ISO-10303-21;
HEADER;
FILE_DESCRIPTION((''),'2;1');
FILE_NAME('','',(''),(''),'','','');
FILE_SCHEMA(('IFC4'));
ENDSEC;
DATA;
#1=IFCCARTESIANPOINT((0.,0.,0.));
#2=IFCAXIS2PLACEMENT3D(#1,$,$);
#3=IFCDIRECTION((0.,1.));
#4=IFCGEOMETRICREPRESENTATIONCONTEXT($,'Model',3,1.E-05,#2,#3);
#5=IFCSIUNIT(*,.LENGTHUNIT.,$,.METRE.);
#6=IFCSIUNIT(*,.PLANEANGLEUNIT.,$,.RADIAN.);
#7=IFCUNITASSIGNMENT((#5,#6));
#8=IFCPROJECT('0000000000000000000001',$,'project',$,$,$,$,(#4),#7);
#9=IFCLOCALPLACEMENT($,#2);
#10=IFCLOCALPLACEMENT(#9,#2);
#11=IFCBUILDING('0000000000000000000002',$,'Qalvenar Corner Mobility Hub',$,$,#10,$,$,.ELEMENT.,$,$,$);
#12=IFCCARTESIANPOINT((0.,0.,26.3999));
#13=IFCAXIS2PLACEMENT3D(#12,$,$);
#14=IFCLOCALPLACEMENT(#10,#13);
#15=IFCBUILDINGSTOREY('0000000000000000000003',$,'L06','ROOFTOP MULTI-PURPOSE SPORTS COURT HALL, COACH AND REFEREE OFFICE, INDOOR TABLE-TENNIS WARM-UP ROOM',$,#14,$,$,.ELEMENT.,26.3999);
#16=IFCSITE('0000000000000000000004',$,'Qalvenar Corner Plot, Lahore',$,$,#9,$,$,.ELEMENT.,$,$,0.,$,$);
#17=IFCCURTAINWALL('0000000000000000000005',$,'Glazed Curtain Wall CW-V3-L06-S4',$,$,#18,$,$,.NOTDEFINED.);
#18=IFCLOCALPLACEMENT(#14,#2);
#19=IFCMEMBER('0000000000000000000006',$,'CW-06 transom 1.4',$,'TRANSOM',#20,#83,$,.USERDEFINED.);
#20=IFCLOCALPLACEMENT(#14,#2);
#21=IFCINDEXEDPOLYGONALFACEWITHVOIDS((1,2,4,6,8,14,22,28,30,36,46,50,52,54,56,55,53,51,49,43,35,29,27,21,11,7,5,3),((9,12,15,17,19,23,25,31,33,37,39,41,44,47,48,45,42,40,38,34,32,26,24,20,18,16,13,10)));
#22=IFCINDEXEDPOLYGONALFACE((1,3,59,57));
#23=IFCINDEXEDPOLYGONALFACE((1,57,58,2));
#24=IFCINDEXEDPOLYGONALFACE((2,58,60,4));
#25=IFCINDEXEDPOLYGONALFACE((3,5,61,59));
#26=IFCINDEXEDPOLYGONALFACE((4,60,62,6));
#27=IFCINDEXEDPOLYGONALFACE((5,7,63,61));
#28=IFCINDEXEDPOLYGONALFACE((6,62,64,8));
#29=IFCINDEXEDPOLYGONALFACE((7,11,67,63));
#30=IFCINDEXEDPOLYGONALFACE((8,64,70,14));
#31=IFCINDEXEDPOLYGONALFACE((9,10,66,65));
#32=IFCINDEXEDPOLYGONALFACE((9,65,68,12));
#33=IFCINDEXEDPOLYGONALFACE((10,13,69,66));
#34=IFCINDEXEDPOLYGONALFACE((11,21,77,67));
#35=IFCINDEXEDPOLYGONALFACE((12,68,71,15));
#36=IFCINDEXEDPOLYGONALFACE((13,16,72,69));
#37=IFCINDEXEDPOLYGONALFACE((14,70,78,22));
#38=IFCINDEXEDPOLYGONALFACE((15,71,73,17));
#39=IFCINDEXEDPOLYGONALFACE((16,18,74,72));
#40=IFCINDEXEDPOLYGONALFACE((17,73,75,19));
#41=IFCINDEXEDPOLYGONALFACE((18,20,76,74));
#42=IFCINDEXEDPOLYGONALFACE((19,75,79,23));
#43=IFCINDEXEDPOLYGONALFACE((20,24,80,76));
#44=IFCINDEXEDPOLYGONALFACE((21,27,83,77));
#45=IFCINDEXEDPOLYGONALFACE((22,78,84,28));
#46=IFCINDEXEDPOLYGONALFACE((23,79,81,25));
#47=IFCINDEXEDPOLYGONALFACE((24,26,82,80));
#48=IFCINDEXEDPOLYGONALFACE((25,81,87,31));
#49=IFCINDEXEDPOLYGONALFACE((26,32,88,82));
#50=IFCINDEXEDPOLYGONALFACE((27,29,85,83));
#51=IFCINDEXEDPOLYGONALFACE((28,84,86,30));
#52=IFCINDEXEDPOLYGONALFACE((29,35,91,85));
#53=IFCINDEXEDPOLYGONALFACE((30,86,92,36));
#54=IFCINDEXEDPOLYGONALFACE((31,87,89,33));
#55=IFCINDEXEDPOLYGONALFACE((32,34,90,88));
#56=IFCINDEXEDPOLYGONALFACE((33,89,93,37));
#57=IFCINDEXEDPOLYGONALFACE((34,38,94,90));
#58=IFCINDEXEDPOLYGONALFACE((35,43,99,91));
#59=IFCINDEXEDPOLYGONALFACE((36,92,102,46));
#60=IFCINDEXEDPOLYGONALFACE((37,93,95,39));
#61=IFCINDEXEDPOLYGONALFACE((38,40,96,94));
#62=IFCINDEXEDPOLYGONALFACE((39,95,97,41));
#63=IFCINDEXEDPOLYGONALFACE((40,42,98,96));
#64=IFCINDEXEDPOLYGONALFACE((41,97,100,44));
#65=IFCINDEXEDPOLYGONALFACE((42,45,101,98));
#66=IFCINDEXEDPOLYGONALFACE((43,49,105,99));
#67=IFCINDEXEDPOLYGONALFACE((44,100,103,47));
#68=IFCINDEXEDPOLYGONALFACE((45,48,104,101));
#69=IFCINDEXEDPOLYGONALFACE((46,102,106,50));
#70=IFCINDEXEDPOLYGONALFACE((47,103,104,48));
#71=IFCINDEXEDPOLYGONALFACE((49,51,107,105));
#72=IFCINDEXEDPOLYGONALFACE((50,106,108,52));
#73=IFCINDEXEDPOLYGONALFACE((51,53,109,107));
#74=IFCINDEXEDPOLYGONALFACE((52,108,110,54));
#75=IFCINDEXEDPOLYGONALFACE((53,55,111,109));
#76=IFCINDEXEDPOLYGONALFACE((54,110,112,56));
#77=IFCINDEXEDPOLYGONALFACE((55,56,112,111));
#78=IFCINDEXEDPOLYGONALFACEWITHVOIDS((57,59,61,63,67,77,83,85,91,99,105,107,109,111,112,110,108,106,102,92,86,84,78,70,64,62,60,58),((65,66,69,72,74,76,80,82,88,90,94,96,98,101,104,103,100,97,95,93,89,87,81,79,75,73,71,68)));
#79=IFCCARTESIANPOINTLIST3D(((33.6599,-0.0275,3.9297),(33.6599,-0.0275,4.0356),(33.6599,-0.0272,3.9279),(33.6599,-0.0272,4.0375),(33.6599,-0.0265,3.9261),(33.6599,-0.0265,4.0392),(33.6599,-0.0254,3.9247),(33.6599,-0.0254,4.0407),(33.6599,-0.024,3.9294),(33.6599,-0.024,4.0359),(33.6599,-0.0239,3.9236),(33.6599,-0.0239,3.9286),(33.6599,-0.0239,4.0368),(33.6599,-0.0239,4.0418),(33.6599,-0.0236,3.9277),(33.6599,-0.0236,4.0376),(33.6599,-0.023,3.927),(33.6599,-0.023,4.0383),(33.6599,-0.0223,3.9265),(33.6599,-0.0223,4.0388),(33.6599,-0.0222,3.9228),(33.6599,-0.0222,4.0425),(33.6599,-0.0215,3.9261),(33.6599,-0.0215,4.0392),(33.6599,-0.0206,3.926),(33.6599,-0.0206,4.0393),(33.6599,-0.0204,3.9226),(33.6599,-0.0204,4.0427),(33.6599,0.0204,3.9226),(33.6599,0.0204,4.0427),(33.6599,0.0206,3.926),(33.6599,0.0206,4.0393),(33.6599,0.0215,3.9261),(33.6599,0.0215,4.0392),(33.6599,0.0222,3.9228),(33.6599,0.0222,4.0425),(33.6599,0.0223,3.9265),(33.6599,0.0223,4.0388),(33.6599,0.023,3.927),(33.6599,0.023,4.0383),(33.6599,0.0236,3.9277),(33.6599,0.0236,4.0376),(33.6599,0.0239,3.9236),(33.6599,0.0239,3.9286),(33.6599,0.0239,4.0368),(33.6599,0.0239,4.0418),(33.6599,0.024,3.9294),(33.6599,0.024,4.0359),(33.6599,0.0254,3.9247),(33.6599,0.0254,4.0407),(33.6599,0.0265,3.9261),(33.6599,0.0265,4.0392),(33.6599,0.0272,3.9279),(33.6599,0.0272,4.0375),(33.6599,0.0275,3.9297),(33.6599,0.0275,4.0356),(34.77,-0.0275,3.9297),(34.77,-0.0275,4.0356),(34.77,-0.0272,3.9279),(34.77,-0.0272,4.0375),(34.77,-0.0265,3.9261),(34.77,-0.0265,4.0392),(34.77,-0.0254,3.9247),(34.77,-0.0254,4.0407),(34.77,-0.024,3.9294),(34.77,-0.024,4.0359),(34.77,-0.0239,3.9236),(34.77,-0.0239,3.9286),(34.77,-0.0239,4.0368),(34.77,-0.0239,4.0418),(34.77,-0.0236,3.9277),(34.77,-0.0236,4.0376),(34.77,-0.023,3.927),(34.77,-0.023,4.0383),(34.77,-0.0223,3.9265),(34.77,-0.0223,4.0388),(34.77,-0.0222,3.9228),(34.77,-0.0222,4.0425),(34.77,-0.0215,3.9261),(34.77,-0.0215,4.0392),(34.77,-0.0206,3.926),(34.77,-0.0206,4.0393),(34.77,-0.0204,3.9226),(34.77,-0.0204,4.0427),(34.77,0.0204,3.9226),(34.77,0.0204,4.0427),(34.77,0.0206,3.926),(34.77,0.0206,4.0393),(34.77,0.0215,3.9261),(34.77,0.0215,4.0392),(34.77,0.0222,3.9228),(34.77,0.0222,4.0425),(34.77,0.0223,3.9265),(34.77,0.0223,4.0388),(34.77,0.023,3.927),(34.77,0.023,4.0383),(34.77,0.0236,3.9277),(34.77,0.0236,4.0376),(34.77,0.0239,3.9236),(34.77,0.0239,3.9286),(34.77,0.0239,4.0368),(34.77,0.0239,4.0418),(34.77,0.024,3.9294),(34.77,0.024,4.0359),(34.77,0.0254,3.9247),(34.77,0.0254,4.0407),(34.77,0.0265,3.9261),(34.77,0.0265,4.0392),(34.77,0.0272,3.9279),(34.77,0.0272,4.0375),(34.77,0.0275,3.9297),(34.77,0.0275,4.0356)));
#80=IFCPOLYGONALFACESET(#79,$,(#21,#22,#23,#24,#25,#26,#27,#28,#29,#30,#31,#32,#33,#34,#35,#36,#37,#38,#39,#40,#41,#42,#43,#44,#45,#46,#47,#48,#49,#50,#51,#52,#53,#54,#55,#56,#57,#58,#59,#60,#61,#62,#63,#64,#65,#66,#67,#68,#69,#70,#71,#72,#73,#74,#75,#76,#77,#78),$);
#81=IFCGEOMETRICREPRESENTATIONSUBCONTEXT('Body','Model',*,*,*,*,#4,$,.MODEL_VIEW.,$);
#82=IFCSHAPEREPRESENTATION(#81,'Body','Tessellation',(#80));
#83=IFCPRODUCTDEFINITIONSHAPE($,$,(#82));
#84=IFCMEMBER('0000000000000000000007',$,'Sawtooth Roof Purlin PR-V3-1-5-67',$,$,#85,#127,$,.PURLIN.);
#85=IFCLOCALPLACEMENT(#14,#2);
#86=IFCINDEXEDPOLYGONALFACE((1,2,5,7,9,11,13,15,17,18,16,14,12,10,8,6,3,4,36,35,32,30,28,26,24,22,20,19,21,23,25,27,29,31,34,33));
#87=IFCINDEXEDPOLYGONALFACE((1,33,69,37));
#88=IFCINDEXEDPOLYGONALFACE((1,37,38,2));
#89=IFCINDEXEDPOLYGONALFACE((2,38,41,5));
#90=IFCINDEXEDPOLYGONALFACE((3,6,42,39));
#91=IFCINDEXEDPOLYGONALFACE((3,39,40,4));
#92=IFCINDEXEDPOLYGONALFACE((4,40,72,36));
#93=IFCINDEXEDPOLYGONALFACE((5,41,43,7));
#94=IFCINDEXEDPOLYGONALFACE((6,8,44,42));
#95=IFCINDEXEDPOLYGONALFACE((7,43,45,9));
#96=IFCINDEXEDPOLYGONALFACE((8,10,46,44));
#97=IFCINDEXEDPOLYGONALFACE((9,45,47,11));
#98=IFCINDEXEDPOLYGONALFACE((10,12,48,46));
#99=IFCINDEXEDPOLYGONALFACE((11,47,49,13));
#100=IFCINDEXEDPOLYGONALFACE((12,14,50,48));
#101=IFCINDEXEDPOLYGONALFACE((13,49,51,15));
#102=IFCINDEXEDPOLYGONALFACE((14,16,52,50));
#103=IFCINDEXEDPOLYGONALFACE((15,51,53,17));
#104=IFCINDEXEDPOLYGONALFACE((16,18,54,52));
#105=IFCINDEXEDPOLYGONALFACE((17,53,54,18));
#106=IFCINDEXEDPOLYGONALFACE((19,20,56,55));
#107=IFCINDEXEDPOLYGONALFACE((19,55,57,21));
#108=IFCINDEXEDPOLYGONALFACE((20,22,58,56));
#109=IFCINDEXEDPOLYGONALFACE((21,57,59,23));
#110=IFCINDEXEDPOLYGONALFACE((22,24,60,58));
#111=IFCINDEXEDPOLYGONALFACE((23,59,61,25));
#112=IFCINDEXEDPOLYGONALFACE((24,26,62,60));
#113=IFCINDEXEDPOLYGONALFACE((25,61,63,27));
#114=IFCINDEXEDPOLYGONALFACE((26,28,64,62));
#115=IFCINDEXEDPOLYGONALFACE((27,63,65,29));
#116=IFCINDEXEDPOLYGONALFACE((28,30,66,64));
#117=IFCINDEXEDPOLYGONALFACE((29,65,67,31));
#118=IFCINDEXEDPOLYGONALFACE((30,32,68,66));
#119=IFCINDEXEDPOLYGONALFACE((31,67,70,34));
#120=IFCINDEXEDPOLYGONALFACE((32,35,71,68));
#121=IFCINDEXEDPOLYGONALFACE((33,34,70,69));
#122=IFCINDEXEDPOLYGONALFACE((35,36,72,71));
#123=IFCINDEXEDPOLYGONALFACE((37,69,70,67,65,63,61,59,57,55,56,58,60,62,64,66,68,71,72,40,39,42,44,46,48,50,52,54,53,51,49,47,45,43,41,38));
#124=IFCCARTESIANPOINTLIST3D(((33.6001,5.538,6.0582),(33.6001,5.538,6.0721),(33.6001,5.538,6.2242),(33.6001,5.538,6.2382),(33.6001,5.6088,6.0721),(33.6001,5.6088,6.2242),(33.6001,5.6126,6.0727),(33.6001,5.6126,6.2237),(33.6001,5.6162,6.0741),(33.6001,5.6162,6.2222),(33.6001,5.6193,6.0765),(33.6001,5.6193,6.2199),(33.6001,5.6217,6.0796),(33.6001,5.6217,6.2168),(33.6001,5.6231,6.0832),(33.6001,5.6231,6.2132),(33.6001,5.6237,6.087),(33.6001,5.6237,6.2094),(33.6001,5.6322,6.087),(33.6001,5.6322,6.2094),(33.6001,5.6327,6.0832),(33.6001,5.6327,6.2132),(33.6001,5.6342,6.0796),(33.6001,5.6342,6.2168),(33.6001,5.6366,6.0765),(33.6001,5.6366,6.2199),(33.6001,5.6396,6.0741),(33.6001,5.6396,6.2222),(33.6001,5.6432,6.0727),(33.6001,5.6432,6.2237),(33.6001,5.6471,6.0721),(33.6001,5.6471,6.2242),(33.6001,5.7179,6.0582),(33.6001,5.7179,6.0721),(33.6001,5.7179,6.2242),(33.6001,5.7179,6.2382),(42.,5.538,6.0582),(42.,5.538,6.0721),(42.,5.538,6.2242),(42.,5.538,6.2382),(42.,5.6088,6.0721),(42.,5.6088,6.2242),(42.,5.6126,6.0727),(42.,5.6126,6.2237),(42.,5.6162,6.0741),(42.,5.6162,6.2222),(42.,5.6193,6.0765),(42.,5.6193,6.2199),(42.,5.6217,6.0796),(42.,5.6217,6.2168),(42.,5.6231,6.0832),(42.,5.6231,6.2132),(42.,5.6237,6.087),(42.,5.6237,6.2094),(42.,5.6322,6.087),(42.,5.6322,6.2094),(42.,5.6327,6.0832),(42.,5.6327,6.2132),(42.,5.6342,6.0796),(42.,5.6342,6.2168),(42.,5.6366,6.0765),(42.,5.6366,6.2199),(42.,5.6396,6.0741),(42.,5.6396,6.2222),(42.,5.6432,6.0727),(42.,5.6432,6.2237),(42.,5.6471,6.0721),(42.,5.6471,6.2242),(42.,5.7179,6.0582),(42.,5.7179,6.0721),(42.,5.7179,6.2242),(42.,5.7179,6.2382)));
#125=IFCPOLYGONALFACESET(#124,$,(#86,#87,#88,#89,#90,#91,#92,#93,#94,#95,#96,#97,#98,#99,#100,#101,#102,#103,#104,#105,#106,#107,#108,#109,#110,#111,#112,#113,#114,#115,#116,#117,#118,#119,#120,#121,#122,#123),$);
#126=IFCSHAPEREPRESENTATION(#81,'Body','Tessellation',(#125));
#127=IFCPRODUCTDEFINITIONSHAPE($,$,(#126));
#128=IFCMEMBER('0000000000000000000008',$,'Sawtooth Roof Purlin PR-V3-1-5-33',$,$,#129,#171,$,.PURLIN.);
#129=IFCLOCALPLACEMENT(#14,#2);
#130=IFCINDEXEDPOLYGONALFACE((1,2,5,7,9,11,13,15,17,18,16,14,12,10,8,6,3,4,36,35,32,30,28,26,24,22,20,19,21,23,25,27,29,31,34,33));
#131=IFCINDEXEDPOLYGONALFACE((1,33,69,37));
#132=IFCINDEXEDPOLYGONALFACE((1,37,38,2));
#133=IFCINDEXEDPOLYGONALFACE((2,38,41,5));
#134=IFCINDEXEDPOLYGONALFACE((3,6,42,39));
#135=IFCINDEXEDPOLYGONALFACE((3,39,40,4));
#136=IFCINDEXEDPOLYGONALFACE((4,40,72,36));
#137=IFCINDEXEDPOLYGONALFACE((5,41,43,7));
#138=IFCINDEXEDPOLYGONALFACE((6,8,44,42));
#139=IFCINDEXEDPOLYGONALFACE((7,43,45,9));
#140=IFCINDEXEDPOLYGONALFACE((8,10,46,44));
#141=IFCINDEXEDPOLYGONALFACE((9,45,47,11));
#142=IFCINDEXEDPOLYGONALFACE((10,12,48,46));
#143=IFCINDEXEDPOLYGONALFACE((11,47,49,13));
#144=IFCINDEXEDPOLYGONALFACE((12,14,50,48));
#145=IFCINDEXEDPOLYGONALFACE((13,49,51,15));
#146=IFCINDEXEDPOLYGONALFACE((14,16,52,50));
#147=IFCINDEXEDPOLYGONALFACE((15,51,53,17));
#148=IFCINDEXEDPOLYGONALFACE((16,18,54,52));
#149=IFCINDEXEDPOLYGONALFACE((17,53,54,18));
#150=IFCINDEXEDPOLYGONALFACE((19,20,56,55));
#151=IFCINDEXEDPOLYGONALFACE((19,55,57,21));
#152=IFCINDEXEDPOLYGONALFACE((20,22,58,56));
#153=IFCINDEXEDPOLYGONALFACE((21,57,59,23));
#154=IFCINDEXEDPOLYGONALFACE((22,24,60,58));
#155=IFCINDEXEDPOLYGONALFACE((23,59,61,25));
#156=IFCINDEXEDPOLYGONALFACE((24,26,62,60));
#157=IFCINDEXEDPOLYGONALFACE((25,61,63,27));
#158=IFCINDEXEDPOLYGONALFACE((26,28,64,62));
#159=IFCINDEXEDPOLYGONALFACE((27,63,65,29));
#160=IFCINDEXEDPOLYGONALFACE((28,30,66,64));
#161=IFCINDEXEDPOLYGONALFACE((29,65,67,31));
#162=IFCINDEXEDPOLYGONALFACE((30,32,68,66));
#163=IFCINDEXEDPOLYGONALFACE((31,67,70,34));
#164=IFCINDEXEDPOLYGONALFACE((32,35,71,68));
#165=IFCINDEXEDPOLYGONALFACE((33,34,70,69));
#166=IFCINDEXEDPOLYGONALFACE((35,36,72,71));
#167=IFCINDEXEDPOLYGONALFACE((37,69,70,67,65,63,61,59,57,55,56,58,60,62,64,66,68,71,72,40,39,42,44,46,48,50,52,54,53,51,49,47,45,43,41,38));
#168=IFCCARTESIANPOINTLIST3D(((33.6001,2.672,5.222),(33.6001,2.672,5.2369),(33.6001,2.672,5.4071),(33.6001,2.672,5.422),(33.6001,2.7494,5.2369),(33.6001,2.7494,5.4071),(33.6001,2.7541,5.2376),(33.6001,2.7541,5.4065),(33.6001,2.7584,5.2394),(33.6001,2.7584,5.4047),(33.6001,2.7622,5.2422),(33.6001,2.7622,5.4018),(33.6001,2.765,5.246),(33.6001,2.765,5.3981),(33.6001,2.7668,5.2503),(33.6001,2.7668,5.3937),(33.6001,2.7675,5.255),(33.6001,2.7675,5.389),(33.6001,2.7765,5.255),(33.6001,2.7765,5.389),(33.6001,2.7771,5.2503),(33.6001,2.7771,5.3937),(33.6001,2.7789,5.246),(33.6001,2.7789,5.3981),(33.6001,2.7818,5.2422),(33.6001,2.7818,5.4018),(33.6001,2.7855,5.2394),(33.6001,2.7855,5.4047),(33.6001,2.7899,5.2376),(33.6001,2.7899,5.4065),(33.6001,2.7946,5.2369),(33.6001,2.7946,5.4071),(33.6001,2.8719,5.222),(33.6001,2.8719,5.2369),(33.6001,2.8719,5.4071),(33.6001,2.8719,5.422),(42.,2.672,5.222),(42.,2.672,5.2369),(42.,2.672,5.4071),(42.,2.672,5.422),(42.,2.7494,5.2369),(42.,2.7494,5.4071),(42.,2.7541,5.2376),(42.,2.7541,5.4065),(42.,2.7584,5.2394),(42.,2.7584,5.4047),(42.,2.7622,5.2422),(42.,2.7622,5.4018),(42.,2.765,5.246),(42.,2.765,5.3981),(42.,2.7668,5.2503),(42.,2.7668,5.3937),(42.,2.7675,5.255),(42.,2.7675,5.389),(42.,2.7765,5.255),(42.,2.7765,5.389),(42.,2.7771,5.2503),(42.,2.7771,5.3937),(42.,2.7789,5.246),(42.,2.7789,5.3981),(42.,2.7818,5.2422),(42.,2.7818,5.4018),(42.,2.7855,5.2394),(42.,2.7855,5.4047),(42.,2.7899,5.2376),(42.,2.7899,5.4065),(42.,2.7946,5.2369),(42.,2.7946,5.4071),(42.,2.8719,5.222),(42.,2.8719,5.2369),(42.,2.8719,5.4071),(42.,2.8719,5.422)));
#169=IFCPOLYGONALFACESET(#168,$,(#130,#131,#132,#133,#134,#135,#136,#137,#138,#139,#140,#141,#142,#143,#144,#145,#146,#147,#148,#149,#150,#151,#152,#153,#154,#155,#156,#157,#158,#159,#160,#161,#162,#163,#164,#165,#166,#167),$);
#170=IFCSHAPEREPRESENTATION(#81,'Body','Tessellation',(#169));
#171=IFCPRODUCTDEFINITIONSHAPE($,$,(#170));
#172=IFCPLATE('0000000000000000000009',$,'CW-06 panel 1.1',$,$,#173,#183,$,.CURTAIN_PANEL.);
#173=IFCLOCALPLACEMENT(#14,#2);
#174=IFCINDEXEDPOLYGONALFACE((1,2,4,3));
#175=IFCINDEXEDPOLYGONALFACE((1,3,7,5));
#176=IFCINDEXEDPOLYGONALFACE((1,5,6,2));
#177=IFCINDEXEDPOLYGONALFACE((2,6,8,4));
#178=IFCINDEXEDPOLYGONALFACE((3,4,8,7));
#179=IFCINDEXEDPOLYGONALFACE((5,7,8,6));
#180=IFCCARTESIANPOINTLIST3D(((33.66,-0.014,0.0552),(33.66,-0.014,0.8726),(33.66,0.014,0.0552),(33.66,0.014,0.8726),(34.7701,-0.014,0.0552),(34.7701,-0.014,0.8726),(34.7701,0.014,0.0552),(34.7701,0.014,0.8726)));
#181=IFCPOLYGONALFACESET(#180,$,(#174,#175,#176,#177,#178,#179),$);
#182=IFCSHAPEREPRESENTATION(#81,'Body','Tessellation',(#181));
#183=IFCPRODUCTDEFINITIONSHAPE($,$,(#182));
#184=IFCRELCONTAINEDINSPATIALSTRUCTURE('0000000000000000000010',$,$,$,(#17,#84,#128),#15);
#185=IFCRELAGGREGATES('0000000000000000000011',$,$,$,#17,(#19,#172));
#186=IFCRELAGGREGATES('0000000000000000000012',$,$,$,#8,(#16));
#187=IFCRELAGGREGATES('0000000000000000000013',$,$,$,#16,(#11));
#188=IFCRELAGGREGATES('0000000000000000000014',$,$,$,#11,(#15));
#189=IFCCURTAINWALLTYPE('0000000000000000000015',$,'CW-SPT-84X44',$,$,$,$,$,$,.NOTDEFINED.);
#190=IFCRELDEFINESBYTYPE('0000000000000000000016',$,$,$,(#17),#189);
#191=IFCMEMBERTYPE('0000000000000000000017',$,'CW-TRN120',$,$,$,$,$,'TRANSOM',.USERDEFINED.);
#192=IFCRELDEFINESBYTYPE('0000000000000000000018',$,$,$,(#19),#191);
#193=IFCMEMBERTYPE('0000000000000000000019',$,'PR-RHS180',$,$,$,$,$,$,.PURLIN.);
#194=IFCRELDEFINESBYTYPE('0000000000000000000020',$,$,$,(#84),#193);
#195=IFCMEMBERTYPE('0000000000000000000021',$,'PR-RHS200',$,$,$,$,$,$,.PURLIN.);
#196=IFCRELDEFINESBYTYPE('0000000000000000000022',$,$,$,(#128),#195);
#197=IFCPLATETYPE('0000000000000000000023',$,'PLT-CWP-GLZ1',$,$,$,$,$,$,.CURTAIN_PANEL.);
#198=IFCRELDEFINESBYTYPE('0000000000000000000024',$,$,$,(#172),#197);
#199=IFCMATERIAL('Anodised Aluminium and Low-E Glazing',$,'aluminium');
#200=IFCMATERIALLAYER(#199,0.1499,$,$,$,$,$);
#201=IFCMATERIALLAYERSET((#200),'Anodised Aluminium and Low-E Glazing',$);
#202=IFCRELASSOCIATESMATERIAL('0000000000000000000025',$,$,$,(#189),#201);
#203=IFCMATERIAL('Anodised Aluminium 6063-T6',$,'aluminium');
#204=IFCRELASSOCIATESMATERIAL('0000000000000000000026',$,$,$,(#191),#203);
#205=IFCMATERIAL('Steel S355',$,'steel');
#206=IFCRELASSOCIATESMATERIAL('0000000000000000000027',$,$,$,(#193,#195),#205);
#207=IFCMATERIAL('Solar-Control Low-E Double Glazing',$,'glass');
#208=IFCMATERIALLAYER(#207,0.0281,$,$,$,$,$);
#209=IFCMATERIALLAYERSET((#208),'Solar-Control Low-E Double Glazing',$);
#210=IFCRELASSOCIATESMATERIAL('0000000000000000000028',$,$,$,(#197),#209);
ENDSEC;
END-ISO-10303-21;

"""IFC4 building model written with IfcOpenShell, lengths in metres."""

from ifc_helpers import new_model, si_unit, direction, frame, origin, origin_2d, place, context, subcontext, project, spatial, rectangle, hollow_rectangle, i_section, extrude, material, layer, layer_set, material_profile, profile_set, type_object, element, aggregate, save


model = new_model("IFC4")

# Units and contexts
model_context = context("Model", 3, precision=1e-05, world=origin(), true_north=direction((0.0, 1.0)))
body_context = subcontext(model_context, "Body", "Model", "MODEL_VIEW")
ifc_project = project(units=[si_unit("LENGTHUNIT", "METRE"), si_unit("PLANEANGLEUNIT", "RADIAN")], contexts=[model_context])

# Site, building, storey
site_placement = place(None, origin())
site = spatial("IfcSite", under=ifc_project, at=site_placement, Name="Qalvenar Corner Plot, Lahore", CompositionType="ELEMENT", RefElevation=0.0)
building_placement = place(site_placement, origin())
building = spatial("IfcBuilding", under=site, at=building_placement, Name="Qalvenar Corner Mobility Hub", CompositionType="ELEMENT")
storey_placement = place(building_placement, frame((0.0, 0.0, 26.3999)))
storey = spatial("IfcBuildingStorey", under=building, at=storey_placement, Name="L06", Description="ROOFTOP MULTI-PURPOSE SPORTS COURT HALL, COACH AND REFEREE OFFICE, INDOOR TABLE-TENNIS WARM-UP ROOM", CompositionType="ELEMENT", Elevation=26.3999)

# Shared definitions
ifc_material_1 = material(Name="Steel S355", Category="steel")

# Curtain wall
ifc_material_2 = material(Name="Anodised Aluminium and Low-E Glazing", Category="aluminium")
ifc_material_3 = material(Name="Anodised Aluminium 6063-T6", Category="aluminium")
ifc_layer_1 = layer(ifc_material_2, 0.1499)
ifc_layer_set_1 = layer_set([ifc_layer_1], Name="Anodised Aluminium and Low-E Glazing")
curtain_wall_type_1 = type_object("IfcCurtainWallType", Name="CW-SPT-84X44", PredefinedType="NOTDEFINED", material=ifc_layer_set_1)
curtain_wall_1_placement = place(storey_placement, origin())
curtain_wall_1 = element("IfcCurtainWall", 1, at=curtain_wall_1_placement, inside=storey, type_object=curtain_wall_type_1, Name="Glazed Curtain Wall CW-V3-L06-S4", PredefinedType="NOTDEFINED")

# Member
ifc_material_profile_1 = material_profile(ifc_material_3, hollow_rectangle(XDim=0.0549, YDim=0.1201, WallThickness=0.0034, InnerFilletRadius=0.0034, OuterFilletRadius=0.0071, at=origin_2d()), Name="RHS120x55x3.5")
ifc_profile_set_1 = profile_set([ifc_material_profile_1], Name="Anodised Aluminium 6063-T6")
member_type_1 = type_object("IfcMemberType", Name="CW-TRN120", ElementType="TRANSOM", PredefinedType="USERDEFINED", material=ifc_profile_set_1)
member_1_placement = place(storey_placement, frame((33.6599, 0.0, 3.9827), z_axis=(1.0, 0.0, 0.0), x_axis=(0.0, 1.0, 0.0)))
member_1 = element("IfcMember", 2, at=member_1_placement, type_object=member_type_1, Name="CW-06 transom 1.4", ObjectType="TRANSOM", PredefinedType="USERDEFINED", context=body_context, shape_type="SweptSolid", body=[
    extrude(hollow_rectangle(XDim=0.0549, YDim=0.1201, WallThickness=0.0034, InnerFilletRadius=0.0034, OuterFilletRadius=0.0071, at=origin_2d()), origin(), (0.0, 0.0, 1.0), 1.1101),
])

# Members
ifc_material_profile_2 = material_profile(ifc_material_1, i_section(OverallWidth=0.1799, OverallDepth=0.1799, WebThickness=0.0085, FlangeThickness=0.0139, FilletRadius=0.0149, at=origin_2d()), Name="HEB180")
ifc_profile_set_2 = profile_set([ifc_material_profile_2], Name="Steel S355")
member_type_2 = type_object("IfcMemberType", Name="PR-RHS180", PredefinedType="PURLIN", material=ifc_profile_set_2)
member_2_placement = place(storey_placement, frame((33.6001, 5.6279, 6.1482), z_axis=(1.0, 0.0, 0.0), x_axis=(0.0, 1.0, 0.0)))
element("IfcMember", 3, at=member_2_placement, inside=storey, type_object=member_type_2, Name="Sawtooth Roof Purlin PR-V3-1-5-67", PredefinedType="PURLIN", context=body_context, shape_type="SweptSolid", body=[
    extrude(i_section(OverallWidth=0.1799, OverallDepth=0.1799, WebThickness=0.0085, FlangeThickness=0.0139, FilletRadius=0.0149, at=origin_2d()), origin(), (0.0, 0.0, 1.0), 8.3999),
])
ifc_material_profile_3 = material_profile(ifc_material_1, i_section(OverallWidth=0.2, OverallDepth=0.2, WebThickness=0.009, FlangeThickness=0.0149, FilletRadius=0.0181, at=origin_2d()), Name="HEB200")
ifc_profile_set_3 = profile_set([ifc_material_profile_3], Name="Steel S355")
member_type_3 = type_object("IfcMemberType", Name="PR-RHS200", PredefinedType="PURLIN", material=ifc_profile_set_3)
member_3_placement = place(storey_placement, frame((33.6001, 2.772, 5.322), z_axis=(1.0, 0.0, 0.0), x_axis=(0.0, 1.0, 0.0)))
element("IfcMember", 4, at=member_3_placement, inside=storey, type_object=member_type_3, Name="Sawtooth Roof Purlin PR-V3-1-5-33", PredefinedType="PURLIN", context=body_context, shape_type="SweptSolid", body=[
    extrude(i_section(OverallWidth=0.2, OverallDepth=0.2, WebThickness=0.009, FlangeThickness=0.0149, FilletRadius=0.0181, at=origin_2d()), origin(), (0.0, 0.0, 1.0), 8.3999),
])

# Plate
ifc_material_4 = material(Name="Solar-Control Low-E Double Glazing", Category="glass")
ifc_layer_2 = layer(ifc_material_4, 0.0281)
ifc_layer_set_2 = layer_set([ifc_layer_2], Name="Solar-Control Low-E Double Glazing")
plate_type = type_object("IfcPlateType", Name="PLT-CWP-GLZ1", PredefinedType="CURTAIN_PANEL", material=ifc_layer_set_2)
plate_1_placement = place(storey_placement, frame((34.2151, 0.0, 0.0552), z_axis=(0.0, 0.0, 1.0), x_axis=(1.0, 0.0, 0.0)))
plate_1 = element("IfcPlate", 5, at=plate_1_placement, type_object=plate_type, Name="CW-06 panel 1.1", PredefinedType="CURTAIN_PANEL", context=body_context, shape_type="SweptSolid", body=[
    extrude(rectangle(XDim=1.1101, YDim=0.0281, at=origin_2d()), origin(), (0.0, 0.0, 1.0), 0.8174),
])
aggregate(curtain_wall_1, [member_1, plate_1])

save(model, "model.ifc")
